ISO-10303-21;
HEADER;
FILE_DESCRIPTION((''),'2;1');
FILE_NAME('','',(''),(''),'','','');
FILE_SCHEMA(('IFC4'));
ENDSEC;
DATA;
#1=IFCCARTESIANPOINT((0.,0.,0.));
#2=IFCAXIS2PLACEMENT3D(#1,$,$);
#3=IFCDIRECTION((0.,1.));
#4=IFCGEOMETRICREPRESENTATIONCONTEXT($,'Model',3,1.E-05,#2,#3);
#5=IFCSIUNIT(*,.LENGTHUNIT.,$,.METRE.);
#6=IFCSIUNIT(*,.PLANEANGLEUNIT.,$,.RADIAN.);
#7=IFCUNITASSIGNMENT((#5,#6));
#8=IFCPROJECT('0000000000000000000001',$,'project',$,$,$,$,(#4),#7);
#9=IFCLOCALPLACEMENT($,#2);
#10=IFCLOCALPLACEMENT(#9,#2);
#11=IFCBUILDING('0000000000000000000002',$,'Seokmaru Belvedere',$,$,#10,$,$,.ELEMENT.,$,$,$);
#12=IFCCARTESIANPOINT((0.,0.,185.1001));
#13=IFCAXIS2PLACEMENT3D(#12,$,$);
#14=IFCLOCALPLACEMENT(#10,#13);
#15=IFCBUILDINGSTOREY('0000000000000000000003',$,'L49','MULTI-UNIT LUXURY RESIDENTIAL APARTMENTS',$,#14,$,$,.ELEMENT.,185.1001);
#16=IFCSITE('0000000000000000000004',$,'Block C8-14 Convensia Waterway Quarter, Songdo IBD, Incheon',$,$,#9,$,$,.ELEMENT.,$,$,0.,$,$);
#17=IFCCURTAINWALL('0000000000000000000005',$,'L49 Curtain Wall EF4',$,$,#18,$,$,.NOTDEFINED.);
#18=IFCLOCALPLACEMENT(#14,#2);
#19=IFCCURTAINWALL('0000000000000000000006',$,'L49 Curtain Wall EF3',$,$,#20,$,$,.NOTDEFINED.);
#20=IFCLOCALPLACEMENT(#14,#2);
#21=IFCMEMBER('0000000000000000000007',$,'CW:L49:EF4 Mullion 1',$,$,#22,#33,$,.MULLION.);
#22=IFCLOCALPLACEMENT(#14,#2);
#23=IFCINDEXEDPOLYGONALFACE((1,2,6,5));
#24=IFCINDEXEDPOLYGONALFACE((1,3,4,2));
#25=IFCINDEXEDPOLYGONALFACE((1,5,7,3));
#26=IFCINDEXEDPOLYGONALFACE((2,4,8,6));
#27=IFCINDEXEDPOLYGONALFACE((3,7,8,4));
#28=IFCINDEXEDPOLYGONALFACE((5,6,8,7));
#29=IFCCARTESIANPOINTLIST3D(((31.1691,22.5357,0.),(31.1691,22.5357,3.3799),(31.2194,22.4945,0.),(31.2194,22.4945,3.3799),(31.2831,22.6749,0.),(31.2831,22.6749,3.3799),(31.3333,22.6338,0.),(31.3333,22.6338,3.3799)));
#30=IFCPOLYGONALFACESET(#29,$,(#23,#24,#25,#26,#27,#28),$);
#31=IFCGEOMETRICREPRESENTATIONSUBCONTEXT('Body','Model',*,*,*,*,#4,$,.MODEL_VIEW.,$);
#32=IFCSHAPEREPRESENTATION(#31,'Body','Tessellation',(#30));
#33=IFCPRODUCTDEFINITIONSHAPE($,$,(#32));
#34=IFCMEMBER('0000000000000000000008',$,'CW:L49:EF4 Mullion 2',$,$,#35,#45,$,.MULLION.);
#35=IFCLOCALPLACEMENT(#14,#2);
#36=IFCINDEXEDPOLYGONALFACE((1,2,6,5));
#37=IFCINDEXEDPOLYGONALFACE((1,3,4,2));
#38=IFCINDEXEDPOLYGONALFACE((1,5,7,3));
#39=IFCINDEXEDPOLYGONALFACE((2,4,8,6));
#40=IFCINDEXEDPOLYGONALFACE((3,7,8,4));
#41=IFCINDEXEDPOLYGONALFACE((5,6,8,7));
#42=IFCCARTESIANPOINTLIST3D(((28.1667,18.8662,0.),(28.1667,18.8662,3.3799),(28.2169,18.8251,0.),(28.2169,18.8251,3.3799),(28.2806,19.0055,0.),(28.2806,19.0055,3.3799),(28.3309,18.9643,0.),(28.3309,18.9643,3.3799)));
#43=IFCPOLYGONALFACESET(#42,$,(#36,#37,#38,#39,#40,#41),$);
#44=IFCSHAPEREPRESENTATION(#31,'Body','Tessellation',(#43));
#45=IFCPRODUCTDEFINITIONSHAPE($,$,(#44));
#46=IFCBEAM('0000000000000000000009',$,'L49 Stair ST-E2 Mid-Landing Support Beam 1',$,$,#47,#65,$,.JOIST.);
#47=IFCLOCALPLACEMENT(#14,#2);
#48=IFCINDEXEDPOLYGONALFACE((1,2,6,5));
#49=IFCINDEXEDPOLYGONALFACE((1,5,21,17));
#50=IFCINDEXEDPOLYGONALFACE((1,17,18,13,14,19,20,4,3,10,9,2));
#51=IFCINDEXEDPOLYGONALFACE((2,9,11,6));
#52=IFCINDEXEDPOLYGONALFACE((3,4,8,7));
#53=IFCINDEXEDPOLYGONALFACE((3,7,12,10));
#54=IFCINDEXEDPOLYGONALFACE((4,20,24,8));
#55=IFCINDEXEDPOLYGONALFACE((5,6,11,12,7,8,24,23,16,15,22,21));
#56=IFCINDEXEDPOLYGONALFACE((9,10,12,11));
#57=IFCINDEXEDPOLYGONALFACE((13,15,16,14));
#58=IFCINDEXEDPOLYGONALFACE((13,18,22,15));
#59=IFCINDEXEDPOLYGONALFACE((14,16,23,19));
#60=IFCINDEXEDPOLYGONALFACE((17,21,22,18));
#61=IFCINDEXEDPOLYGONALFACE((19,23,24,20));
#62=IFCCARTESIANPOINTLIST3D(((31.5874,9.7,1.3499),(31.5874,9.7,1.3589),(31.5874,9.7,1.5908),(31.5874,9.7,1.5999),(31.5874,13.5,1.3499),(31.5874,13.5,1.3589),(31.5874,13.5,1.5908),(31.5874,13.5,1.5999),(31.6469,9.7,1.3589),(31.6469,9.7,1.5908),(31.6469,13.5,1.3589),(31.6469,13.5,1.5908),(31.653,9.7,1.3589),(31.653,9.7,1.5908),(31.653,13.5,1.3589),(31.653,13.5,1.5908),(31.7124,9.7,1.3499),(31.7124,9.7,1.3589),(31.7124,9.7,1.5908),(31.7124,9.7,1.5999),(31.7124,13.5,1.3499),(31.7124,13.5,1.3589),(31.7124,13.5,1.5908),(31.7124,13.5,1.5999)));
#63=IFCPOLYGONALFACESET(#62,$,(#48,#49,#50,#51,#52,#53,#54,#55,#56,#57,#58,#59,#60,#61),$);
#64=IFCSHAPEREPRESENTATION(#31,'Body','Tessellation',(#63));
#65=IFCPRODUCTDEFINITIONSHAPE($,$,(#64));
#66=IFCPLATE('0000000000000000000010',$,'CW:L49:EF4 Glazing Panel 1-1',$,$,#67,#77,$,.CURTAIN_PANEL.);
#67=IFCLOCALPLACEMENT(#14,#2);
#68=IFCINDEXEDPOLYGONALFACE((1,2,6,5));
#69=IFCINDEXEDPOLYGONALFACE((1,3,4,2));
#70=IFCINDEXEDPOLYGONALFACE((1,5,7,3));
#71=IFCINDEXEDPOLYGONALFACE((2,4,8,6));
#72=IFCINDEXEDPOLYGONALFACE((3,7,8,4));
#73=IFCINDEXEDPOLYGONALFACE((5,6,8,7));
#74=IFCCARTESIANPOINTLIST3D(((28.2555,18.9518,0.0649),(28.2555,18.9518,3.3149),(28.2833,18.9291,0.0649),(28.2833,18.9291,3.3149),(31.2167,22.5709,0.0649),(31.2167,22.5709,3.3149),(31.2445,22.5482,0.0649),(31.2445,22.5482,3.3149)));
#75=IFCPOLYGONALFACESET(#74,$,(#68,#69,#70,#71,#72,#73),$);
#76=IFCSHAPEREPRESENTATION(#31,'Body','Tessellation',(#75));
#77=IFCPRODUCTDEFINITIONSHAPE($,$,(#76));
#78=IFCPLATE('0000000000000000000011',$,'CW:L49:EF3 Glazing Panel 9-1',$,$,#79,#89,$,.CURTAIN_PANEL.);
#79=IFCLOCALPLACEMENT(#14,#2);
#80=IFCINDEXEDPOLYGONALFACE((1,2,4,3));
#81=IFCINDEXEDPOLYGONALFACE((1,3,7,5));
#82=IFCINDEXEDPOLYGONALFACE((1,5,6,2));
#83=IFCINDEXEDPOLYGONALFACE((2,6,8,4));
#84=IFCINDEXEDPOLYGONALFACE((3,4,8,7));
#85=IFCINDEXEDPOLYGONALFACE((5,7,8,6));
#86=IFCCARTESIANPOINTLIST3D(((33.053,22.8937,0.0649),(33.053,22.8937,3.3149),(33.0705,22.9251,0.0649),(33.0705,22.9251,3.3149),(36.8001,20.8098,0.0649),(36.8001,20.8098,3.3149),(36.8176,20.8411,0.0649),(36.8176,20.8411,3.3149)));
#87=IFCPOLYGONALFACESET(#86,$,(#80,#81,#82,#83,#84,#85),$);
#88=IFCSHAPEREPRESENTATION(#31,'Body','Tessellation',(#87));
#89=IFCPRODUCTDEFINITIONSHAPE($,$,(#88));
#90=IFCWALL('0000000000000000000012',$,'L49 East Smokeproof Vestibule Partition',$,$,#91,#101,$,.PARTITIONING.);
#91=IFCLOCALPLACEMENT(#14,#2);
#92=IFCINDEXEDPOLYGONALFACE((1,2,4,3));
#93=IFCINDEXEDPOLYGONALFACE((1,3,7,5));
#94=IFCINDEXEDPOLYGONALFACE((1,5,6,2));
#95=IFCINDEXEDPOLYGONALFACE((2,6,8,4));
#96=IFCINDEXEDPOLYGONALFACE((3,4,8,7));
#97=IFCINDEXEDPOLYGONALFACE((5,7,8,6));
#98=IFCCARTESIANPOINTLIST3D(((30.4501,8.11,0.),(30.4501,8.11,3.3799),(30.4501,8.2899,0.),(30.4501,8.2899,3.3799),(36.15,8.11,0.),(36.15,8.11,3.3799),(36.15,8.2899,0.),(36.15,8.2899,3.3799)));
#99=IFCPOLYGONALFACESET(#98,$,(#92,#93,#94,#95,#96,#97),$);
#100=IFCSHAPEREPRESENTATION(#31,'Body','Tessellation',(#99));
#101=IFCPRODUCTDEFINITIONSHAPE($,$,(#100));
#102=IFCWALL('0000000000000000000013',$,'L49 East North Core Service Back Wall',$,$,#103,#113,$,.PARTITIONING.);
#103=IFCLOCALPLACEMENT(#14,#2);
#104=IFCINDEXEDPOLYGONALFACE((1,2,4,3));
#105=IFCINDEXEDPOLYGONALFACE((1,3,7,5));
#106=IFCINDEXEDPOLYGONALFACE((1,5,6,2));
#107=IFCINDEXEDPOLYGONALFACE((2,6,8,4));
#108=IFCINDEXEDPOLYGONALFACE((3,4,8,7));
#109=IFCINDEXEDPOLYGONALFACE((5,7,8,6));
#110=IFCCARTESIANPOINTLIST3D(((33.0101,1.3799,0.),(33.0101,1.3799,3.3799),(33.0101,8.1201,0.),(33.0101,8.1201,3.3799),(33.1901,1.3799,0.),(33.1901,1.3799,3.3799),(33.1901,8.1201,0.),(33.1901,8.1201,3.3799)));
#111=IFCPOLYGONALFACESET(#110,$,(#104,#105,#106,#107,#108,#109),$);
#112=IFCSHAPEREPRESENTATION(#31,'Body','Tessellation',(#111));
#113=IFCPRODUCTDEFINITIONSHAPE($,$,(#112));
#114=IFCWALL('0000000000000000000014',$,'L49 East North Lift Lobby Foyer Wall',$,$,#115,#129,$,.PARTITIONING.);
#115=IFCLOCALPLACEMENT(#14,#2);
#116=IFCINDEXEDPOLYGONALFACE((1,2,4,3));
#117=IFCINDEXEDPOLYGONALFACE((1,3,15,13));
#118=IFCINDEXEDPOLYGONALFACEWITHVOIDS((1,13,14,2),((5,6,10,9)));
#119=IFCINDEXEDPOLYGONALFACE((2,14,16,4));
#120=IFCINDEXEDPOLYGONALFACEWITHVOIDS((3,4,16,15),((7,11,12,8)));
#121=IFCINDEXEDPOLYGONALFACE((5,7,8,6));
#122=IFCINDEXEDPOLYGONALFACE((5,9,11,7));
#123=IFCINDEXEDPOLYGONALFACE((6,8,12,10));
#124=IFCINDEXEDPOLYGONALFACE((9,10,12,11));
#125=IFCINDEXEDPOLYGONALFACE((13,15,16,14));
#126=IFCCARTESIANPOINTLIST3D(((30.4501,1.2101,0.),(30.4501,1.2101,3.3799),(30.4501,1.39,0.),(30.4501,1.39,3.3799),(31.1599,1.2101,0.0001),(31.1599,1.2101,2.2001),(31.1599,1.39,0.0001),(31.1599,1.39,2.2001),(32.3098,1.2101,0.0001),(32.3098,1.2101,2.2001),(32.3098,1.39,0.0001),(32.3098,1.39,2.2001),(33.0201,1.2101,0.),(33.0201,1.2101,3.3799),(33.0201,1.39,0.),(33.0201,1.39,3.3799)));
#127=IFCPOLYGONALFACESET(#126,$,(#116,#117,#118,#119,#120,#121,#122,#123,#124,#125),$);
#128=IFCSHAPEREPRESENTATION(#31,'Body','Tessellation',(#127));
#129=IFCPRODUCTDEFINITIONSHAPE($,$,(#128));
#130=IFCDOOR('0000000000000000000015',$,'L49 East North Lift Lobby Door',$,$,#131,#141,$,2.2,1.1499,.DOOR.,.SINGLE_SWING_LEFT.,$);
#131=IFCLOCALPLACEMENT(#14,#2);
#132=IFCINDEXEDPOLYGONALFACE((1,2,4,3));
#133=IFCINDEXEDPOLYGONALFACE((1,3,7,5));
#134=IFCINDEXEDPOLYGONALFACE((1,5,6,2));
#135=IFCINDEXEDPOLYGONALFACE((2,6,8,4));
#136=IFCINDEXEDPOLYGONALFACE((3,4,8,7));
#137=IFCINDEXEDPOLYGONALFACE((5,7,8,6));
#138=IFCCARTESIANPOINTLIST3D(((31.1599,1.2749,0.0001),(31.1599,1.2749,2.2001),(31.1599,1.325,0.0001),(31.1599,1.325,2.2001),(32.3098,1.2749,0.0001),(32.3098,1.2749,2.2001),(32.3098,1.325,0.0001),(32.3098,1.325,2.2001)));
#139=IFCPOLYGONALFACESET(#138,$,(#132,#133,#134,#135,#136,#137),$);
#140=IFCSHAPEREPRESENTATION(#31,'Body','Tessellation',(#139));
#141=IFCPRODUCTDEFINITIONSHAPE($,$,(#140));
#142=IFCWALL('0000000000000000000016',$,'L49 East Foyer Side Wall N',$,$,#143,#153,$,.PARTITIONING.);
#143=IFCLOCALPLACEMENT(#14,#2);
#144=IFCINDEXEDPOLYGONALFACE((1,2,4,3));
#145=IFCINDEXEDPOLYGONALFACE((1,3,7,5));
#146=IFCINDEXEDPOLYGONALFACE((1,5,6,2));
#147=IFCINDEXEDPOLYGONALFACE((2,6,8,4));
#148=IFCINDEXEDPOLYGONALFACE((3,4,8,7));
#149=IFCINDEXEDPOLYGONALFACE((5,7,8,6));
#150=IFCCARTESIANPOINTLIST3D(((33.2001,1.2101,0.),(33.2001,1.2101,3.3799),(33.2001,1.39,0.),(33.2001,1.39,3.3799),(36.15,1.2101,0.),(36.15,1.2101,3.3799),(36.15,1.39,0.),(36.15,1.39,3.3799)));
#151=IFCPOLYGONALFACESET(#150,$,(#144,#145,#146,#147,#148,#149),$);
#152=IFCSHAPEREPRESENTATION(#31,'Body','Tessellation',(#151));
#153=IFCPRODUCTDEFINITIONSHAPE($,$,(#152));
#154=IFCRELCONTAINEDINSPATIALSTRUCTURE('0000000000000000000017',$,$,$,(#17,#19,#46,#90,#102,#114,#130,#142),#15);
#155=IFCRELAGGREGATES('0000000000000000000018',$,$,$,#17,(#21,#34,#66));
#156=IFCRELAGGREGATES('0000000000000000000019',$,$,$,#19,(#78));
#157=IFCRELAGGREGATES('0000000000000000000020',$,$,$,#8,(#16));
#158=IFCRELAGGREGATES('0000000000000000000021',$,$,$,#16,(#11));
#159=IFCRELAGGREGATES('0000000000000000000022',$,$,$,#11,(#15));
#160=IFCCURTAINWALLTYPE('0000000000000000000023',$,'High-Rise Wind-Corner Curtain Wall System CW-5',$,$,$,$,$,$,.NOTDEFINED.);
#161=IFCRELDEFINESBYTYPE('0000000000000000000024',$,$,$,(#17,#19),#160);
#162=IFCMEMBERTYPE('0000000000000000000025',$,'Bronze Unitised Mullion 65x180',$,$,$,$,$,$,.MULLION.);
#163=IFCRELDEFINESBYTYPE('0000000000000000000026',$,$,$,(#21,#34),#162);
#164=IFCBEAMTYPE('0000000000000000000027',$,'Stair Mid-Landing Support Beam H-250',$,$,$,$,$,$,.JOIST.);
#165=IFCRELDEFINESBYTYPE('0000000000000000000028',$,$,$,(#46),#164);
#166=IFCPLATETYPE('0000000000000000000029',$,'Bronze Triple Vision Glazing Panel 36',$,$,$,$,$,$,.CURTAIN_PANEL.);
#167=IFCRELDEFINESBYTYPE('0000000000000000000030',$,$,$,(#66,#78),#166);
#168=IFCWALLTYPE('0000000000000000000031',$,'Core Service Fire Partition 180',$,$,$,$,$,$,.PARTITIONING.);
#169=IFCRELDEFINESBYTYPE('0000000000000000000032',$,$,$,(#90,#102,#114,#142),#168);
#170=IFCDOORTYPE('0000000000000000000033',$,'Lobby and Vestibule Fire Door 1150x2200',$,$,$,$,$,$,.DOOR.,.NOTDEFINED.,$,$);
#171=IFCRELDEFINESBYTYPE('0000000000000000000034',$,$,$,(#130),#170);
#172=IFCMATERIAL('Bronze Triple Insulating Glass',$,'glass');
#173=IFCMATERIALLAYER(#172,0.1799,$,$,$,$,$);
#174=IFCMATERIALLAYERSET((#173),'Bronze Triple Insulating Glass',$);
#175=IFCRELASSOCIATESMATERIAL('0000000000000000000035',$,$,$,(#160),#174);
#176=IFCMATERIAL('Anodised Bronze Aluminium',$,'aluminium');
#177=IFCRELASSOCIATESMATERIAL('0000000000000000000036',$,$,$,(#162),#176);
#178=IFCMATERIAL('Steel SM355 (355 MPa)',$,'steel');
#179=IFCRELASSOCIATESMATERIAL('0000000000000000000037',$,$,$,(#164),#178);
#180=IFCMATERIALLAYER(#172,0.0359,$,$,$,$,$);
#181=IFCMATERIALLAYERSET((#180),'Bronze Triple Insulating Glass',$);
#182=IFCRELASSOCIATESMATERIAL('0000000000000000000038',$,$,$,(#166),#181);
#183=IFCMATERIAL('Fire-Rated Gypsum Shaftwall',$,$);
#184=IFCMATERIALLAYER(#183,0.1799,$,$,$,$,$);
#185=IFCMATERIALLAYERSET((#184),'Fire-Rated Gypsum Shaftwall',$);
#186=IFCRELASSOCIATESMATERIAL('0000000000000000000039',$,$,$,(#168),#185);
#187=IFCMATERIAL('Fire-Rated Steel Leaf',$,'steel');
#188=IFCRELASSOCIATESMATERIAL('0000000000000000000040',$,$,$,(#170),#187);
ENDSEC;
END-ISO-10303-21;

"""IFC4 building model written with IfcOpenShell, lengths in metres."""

from ifc_helpers import new_model, si_unit, direction, frame, frame_2d, origin, origin_2d, place, context, subcontext, project, spatial, rectangle, i_section, extrude, source, transform, mapped, material, layer, layer_set, material_profile, profile_set, type_object, type_shapes, element, fill, aggregate, save


model = new_model("IFC4")

# Units and contexts
model_context = context("Model", 3, precision=1e-05, world=origin(), true_north=direction((0.0, 1.0)))
body_context = subcontext(model_context, "Body", "Model", "MODEL_VIEW")
ifc_project = project(units=[si_unit("LENGTHUNIT", "METRE"), si_unit("PLANEANGLEUNIT", "RADIAN")], contexts=[model_context])

# Site, building, storey
site_placement = place(None, origin())
site = spatial("IfcSite", under=ifc_project, at=site_placement, Name="Block C8-14 Convensia Waterway Quarter, Songdo IBD, Incheon", CompositionType="ELEMENT", RefElevation=0.0)
building_placement = place(site_placement, origin())
building = spatial("IfcBuilding", under=site, at=building_placement, Name="Seokmaru Belvedere", CompositionType="ELEMENT")
storey_placement = place(building_placement, frame((0.0, 0.0, 185.1001)))
storey = spatial("IfcBuildingStorey", under=building, at=storey_placement, Name="L49", Description="MULTI-UNIT LUXURY RESIDENTIAL APARTMENTS", CompositionType="ELEMENT", Elevation=185.1001)

# Shared definitions
ifc_material_1 = material(Name="Steel SM355 (355 MPa)", Category="steel")

# Curtain wall
ifc_material_2 = material(Name="Bronze Triple Insulating Glass", Category="glass")
ifc_layer_1 = layer(ifc_material_2, 0.1799)
ifc_layer_set_1 = layer_set([ifc_layer_1], Name="Bronze Triple Insulating Glass")
curtain_wall_type = type_object("IfcCurtainWallType", Name="High-Rise Wind-Corner Curtain Wall System CW-5", PredefinedType="NOTDEFINED", material=ifc_layer_set_1)
curtain_wall_1_placement = place(storey_placement, origin())
curtain_wall_1 = element("IfcCurtainWall", 1, at=curtain_wall_1_placement, inside=storey, type_object=curtain_wall_type, Name="L49 Curtain Wall EF4", PredefinedType="NOTDEFINED")
ifc_material_3 = material(Name="Anodised Bronze Aluminium", Category="aluminium")

# Curtain wall
curtain_wall_2_placement = place(storey_placement, origin())
curtain_wall_2 = element("IfcCurtainWall", 2, at=curtain_wall_2_placement, inside=storey, type_object=curtain_wall_type, Name="L49 Curtain Wall EF3", PredefinedType="NOTDEFINED")
ifc_material_profile_1 = material_profile(ifc_material_3, rectangle(XDim=0.0649, YDim=0.1799, at=origin_2d()), Name="CW-M-65x180")
ifc_profile_set_1 = profile_set([ifc_material_profile_1], Name="Anodised Bronze Aluminium")
member_type_1 = type_object("IfcMemberType", Name="Bronze Unitised Mullion 65x180", PredefinedType="MULLION", material=ifc_profile_set_1)
shared_shape_1 = source(origin(), body_context, "Body", "SweptSolid", [
    extrude(rectangle(XDim=0.0649, YDim=0.1799, at=origin_2d()), origin(), (0.0, 0.0, 1.0), 3.3799),
])
type_shapes(member_type_1, [shared_shape_1])

# Members
member_1_placement = place(storey_placement, frame((31.2512, 22.5847, 0.0), z_axis=(0.0, 0.0, 1.0), x_axis=(0.773944, -0.633254, 0.0)))
member_1 = element("IfcMember", 3, at=member_1_placement, type_object=member_type_1, Name="CW:L49:EF4 Mullion 1", PredefinedType="MULLION", context=body_context, shape_type="MappedRepresentation", body=[
    mapped(shared_shape_1, transform((0.0, 0.0, 0.0), scale=1.0)),
])
member_2_placement = place(storey_placement, frame((28.2488, 18.9153, 0.0), z_axis=(0.0, 0.0, 1.0), x_axis=(0.773944, -0.633254, 0.0)))
member_2 = element("IfcMember", 4, at=member_2_placement, type_object=member_type_1, Name="CW:L49:EF4 Mullion 2", PredefinedType="MULLION", context=body_context, shape_type="MappedRepresentation", body=[
    mapped(shared_shape_1, transform((0.0, 0.0, 0.0), scale=1.0)),
])

# Beam
ifc_material_profile_2 = material_profile(ifc_material_1, i_section(OverallWidth=0.125, OverallDepth=0.25, WebThickness=0.0061, FlangeThickness=0.009, at=origin_2d()), Name="H-250x125x6x9")
ifc_profile_set_2 = profile_set([ifc_material_profile_2], Name="Steel SM355 (355 MPa)")
beam_type_1 = type_object("IfcBeamType", Name="Stair Mid-Landing Support Beam H-250", PredefinedType="JOIST", material=ifc_profile_set_2)
shared_shape_2 = source(origin(), body_context, "Body", "SweptSolid", [
    extrude(i_section(OverallWidth=0.125, OverallDepth=0.25, WebThickness=0.0061, FlangeThickness=0.009, at=origin_2d()), origin(), (0.0, 0.0, 1.0), 3.8),
])
type_shapes(beam_type_1, [shared_shape_2])
beam_1_placement = place(storey_placement, frame((31.6499, 9.7, 1.4749), z_axis=(0.0, 1.0, 0.0), x_axis=(-1.0, 0.0, 0.0)))
element("IfcBeam", 5, at=beam_1_placement, inside=storey, type_object=beam_type_1, Name="L49 Stair ST-E2 Mid-Landing Support Beam 1", PredefinedType="JOIST", context=body_context, shape_type="MappedRepresentation", body=[
    mapped(shared_shape_2, transform((0.0, 0.0, 0.0), scale=1.0)),
])

# Plates
ifc_layer_2 = layer(ifc_material_2, 0.0359)
ifc_layer_set_2 = layer_set([ifc_layer_2], Name="Bronze Triple Insulating Glass")
plate_type = type_object("IfcPlateType", Name="Bronze Triple Vision Glazing Panel 36", PredefinedType="CURTAIN_PANEL", material=ifc_layer_set_2)
shared_shape_3 = source(origin(), body_context, "Body", "SweptSolid", [
    extrude(rectangle(XDim=4.6763, YDim=0.0359, at=origin_2d()), origin(), (0.0, 0.0, 1.0), 3.25),
])
plate_1_placement = place(storey_placement, frame((29.75, 20.75, 0.0649), z_axis=(0.0, 0.0, 1.0), x_axis=(-0.633254, -0.773944, 0.0)))
plate_1 = element("IfcPlate", 6, at=plate_1_placement, type_object=plate_type, Name="CW:L49:EF4 Glazing Panel 1-1", PredefinedType="CURTAIN_PANEL", context=body_context, shape_type="MappedRepresentation", body=[
    mapped(shared_shape_3, transform((0.0, 0.0, 0.0), scale=1.0)),
])
aggregate(curtain_wall_1, [member_1, member_2, plate_1])
shared_shape_4 = source(origin(), body_context, "Body", "SweptSolid", [
    extrude(rectangle(XDim=4.2876, YDim=0.0359, at=origin_2d()), origin(), (0.0, 0.0, 1.0), 3.25),
])
type_shapes(plate_type, [shared_shape_3, shared_shape_4])
plate_2_placement = place(storey_placement, frame((34.9353, 21.8674, 0.0649), z_axis=(0.0, 0.0, 1.0), x_axis=(-0.873933, 0.486047, 0.0)))
plate_2 = element("IfcPlate", 7, at=plate_2_placement, type_object=plate_type, Name="CW:L49:EF3 Glazing Panel 9-1", PredefinedType="CURTAIN_PANEL", context=body_context, shape_type="MappedRepresentation", body=[
    mapped(shared_shape_4, transform((0.0, 0.0, 0.0), scale=1.0)),
])
aggregate(curtain_wall_2, [plate_2])

# Walls
ifc_material_4 = material(Name="Fire-Rated Gypsum Shaftwall")
ifc_layer_3 = layer(ifc_material_4, 0.1799)
ifc_layer_set_3 = layer_set([ifc_layer_3], Name="Fire-Rated Gypsum Shaftwall")
wall_type_1 = type_object("IfcWallType", Name="Core Service Fire Partition 180", PredefinedType="PARTITIONING", material=ifc_layer_set_3)
wall_1_placement = place(storey_placement, frame((30.45, 8.2, 0.0), z_axis=(0.0, 0.0, 1.0), x_axis=(1.0, 0.0, 0.0)))
element("IfcWall", 8, at=wall_1_placement, inside=storey, type_object=wall_type_1, Name="L49 East Smokeproof Vestibule Partition", PredefinedType="PARTITIONING", context=body_context, shape_type="SweptSolid", body=[
    extrude(rectangle(XDim=5.7, YDim=0.1799, at=frame_2d((2.8501, 0.0))), origin(), (0.0, 0.0, 1.0), 3.3799),
])
wall_2_placement = place(storey_placement, frame((33.1001, 1.3799, 0.0), z_axis=(0.0, 0.0, 1.0), x_axis=(0.0, 1.0, 0.0)))
element("IfcWall", 9, at=wall_2_placement, inside=storey, type_object=wall_type_1, Name="L49 East North Core Service Back Wall", PredefinedType="PARTITIONING", context=body_context, shape_type="SweptSolid", body=[
    extrude(rectangle(XDim=6.7402, YDim=0.1799, at=frame_2d((3.3701, 0.0))), origin(), (0.0, 0.0, 1.0), 3.3799),
])

# Wall, opening, door
wall_3_placement = place(storey_placement, frame((30.45, 1.3, 0.0), z_axis=(0.0, 0.0, 1.0), x_axis=(1.0, 0.0, 0.0)))
wall_3 = element("IfcWall", 10, at=wall_3_placement, inside=storey, type_object=wall_type_1, Name="L49 East North Lift Lobby Foyer Wall", PredefinedType="PARTITIONING", context=body_context, shape_type="SweptSolid", body=[
    extrude(rectangle(XDim=2.5701, YDim=0.1799, at=frame_2d((1.2852, 0.0))), origin(), (0.0, 0.0, 1.0), 3.3799),
])
opening_1_placement = place(wall_3_placement, frame((0.71, 0.0, 0.0)))
opening_1 = element("IfcOpeningElement", 11, at=opening_1_placement, cuts=wall_3, PredefinedType="OPENING", context=body_context, shape_type="SweptSolid", body=[
    extrude(rectangle(XDim=1.1499, YDim=2.2, at=frame_2d((0.575, 1.1001))), frame((0.0, 0.1001, 0.0), z_axis=(0.0, -1.0, 0.0), x_axis=(1.0, 0.0, 0.0)), (0.0, 0.0, 1.0), 0.2),
])
ifc_material_5 = material(Name="Fire-Rated Steel Leaf", Category="steel")
door_type_1 = type_object("IfcDoorType", Name="Lobby and Vestibule Fire Door 1150x2200", OperationType="NOTDEFINED", PredefinedType="DOOR", material=ifc_material_5)
shared_shape_5 = source(origin(), body_context, "Body", "SweptSolid", [
    extrude(rectangle(XDim=1.1499, YDim=2.2, at=frame_2d((0.575, 1.1001))), frame((0.0, 0.0249, 0.0), z_axis=(0.0, -1.0, 0.0), x_axis=(1.0, 0.0, 0.0)), (0.0, 0.0, 1.0), 0.05),
])
type_shapes(door_type_1, [shared_shape_5])
door_1_placement = place(opening_1_placement, origin())
door_1 = element("IfcDoor", 12, at=door_1_placement, inside=storey, type_object=door_type_1, Name="L49 East North Lift Lobby Door", OperationType="SINGLE_SWING_LEFT", OverallHeight=2.2, OverallWidth=1.1499, PredefinedType="DOOR", context=body_context, shape_type="MappedRepresentation", body=[
    mapped(shared_shape_5, transform((0.0, 0.0, 0.0), scale=1.0)),
])
fill(opening_1, door_1)

# Wall
wall_4_placement = place(storey_placement, frame((33.2, 1.3, 0.0), z_axis=(0.0, 0.0, 1.0), x_axis=(1.0, 0.0, 0.0)))
element("IfcWall", 13, at=wall_4_placement, inside=storey, type_object=wall_type_1, Name="L49 East Foyer Side Wall N", PredefinedType="PARTITIONING", context=body_context, shape_type="SweptSolid", body=[
    extrude(rectangle(XDim=2.95, YDim=0.1799, at=frame_2d((1.4751, 0.0))), origin(), (0.0, 0.0, 1.0), 3.3799),
])

save(model, "model.ifc")
